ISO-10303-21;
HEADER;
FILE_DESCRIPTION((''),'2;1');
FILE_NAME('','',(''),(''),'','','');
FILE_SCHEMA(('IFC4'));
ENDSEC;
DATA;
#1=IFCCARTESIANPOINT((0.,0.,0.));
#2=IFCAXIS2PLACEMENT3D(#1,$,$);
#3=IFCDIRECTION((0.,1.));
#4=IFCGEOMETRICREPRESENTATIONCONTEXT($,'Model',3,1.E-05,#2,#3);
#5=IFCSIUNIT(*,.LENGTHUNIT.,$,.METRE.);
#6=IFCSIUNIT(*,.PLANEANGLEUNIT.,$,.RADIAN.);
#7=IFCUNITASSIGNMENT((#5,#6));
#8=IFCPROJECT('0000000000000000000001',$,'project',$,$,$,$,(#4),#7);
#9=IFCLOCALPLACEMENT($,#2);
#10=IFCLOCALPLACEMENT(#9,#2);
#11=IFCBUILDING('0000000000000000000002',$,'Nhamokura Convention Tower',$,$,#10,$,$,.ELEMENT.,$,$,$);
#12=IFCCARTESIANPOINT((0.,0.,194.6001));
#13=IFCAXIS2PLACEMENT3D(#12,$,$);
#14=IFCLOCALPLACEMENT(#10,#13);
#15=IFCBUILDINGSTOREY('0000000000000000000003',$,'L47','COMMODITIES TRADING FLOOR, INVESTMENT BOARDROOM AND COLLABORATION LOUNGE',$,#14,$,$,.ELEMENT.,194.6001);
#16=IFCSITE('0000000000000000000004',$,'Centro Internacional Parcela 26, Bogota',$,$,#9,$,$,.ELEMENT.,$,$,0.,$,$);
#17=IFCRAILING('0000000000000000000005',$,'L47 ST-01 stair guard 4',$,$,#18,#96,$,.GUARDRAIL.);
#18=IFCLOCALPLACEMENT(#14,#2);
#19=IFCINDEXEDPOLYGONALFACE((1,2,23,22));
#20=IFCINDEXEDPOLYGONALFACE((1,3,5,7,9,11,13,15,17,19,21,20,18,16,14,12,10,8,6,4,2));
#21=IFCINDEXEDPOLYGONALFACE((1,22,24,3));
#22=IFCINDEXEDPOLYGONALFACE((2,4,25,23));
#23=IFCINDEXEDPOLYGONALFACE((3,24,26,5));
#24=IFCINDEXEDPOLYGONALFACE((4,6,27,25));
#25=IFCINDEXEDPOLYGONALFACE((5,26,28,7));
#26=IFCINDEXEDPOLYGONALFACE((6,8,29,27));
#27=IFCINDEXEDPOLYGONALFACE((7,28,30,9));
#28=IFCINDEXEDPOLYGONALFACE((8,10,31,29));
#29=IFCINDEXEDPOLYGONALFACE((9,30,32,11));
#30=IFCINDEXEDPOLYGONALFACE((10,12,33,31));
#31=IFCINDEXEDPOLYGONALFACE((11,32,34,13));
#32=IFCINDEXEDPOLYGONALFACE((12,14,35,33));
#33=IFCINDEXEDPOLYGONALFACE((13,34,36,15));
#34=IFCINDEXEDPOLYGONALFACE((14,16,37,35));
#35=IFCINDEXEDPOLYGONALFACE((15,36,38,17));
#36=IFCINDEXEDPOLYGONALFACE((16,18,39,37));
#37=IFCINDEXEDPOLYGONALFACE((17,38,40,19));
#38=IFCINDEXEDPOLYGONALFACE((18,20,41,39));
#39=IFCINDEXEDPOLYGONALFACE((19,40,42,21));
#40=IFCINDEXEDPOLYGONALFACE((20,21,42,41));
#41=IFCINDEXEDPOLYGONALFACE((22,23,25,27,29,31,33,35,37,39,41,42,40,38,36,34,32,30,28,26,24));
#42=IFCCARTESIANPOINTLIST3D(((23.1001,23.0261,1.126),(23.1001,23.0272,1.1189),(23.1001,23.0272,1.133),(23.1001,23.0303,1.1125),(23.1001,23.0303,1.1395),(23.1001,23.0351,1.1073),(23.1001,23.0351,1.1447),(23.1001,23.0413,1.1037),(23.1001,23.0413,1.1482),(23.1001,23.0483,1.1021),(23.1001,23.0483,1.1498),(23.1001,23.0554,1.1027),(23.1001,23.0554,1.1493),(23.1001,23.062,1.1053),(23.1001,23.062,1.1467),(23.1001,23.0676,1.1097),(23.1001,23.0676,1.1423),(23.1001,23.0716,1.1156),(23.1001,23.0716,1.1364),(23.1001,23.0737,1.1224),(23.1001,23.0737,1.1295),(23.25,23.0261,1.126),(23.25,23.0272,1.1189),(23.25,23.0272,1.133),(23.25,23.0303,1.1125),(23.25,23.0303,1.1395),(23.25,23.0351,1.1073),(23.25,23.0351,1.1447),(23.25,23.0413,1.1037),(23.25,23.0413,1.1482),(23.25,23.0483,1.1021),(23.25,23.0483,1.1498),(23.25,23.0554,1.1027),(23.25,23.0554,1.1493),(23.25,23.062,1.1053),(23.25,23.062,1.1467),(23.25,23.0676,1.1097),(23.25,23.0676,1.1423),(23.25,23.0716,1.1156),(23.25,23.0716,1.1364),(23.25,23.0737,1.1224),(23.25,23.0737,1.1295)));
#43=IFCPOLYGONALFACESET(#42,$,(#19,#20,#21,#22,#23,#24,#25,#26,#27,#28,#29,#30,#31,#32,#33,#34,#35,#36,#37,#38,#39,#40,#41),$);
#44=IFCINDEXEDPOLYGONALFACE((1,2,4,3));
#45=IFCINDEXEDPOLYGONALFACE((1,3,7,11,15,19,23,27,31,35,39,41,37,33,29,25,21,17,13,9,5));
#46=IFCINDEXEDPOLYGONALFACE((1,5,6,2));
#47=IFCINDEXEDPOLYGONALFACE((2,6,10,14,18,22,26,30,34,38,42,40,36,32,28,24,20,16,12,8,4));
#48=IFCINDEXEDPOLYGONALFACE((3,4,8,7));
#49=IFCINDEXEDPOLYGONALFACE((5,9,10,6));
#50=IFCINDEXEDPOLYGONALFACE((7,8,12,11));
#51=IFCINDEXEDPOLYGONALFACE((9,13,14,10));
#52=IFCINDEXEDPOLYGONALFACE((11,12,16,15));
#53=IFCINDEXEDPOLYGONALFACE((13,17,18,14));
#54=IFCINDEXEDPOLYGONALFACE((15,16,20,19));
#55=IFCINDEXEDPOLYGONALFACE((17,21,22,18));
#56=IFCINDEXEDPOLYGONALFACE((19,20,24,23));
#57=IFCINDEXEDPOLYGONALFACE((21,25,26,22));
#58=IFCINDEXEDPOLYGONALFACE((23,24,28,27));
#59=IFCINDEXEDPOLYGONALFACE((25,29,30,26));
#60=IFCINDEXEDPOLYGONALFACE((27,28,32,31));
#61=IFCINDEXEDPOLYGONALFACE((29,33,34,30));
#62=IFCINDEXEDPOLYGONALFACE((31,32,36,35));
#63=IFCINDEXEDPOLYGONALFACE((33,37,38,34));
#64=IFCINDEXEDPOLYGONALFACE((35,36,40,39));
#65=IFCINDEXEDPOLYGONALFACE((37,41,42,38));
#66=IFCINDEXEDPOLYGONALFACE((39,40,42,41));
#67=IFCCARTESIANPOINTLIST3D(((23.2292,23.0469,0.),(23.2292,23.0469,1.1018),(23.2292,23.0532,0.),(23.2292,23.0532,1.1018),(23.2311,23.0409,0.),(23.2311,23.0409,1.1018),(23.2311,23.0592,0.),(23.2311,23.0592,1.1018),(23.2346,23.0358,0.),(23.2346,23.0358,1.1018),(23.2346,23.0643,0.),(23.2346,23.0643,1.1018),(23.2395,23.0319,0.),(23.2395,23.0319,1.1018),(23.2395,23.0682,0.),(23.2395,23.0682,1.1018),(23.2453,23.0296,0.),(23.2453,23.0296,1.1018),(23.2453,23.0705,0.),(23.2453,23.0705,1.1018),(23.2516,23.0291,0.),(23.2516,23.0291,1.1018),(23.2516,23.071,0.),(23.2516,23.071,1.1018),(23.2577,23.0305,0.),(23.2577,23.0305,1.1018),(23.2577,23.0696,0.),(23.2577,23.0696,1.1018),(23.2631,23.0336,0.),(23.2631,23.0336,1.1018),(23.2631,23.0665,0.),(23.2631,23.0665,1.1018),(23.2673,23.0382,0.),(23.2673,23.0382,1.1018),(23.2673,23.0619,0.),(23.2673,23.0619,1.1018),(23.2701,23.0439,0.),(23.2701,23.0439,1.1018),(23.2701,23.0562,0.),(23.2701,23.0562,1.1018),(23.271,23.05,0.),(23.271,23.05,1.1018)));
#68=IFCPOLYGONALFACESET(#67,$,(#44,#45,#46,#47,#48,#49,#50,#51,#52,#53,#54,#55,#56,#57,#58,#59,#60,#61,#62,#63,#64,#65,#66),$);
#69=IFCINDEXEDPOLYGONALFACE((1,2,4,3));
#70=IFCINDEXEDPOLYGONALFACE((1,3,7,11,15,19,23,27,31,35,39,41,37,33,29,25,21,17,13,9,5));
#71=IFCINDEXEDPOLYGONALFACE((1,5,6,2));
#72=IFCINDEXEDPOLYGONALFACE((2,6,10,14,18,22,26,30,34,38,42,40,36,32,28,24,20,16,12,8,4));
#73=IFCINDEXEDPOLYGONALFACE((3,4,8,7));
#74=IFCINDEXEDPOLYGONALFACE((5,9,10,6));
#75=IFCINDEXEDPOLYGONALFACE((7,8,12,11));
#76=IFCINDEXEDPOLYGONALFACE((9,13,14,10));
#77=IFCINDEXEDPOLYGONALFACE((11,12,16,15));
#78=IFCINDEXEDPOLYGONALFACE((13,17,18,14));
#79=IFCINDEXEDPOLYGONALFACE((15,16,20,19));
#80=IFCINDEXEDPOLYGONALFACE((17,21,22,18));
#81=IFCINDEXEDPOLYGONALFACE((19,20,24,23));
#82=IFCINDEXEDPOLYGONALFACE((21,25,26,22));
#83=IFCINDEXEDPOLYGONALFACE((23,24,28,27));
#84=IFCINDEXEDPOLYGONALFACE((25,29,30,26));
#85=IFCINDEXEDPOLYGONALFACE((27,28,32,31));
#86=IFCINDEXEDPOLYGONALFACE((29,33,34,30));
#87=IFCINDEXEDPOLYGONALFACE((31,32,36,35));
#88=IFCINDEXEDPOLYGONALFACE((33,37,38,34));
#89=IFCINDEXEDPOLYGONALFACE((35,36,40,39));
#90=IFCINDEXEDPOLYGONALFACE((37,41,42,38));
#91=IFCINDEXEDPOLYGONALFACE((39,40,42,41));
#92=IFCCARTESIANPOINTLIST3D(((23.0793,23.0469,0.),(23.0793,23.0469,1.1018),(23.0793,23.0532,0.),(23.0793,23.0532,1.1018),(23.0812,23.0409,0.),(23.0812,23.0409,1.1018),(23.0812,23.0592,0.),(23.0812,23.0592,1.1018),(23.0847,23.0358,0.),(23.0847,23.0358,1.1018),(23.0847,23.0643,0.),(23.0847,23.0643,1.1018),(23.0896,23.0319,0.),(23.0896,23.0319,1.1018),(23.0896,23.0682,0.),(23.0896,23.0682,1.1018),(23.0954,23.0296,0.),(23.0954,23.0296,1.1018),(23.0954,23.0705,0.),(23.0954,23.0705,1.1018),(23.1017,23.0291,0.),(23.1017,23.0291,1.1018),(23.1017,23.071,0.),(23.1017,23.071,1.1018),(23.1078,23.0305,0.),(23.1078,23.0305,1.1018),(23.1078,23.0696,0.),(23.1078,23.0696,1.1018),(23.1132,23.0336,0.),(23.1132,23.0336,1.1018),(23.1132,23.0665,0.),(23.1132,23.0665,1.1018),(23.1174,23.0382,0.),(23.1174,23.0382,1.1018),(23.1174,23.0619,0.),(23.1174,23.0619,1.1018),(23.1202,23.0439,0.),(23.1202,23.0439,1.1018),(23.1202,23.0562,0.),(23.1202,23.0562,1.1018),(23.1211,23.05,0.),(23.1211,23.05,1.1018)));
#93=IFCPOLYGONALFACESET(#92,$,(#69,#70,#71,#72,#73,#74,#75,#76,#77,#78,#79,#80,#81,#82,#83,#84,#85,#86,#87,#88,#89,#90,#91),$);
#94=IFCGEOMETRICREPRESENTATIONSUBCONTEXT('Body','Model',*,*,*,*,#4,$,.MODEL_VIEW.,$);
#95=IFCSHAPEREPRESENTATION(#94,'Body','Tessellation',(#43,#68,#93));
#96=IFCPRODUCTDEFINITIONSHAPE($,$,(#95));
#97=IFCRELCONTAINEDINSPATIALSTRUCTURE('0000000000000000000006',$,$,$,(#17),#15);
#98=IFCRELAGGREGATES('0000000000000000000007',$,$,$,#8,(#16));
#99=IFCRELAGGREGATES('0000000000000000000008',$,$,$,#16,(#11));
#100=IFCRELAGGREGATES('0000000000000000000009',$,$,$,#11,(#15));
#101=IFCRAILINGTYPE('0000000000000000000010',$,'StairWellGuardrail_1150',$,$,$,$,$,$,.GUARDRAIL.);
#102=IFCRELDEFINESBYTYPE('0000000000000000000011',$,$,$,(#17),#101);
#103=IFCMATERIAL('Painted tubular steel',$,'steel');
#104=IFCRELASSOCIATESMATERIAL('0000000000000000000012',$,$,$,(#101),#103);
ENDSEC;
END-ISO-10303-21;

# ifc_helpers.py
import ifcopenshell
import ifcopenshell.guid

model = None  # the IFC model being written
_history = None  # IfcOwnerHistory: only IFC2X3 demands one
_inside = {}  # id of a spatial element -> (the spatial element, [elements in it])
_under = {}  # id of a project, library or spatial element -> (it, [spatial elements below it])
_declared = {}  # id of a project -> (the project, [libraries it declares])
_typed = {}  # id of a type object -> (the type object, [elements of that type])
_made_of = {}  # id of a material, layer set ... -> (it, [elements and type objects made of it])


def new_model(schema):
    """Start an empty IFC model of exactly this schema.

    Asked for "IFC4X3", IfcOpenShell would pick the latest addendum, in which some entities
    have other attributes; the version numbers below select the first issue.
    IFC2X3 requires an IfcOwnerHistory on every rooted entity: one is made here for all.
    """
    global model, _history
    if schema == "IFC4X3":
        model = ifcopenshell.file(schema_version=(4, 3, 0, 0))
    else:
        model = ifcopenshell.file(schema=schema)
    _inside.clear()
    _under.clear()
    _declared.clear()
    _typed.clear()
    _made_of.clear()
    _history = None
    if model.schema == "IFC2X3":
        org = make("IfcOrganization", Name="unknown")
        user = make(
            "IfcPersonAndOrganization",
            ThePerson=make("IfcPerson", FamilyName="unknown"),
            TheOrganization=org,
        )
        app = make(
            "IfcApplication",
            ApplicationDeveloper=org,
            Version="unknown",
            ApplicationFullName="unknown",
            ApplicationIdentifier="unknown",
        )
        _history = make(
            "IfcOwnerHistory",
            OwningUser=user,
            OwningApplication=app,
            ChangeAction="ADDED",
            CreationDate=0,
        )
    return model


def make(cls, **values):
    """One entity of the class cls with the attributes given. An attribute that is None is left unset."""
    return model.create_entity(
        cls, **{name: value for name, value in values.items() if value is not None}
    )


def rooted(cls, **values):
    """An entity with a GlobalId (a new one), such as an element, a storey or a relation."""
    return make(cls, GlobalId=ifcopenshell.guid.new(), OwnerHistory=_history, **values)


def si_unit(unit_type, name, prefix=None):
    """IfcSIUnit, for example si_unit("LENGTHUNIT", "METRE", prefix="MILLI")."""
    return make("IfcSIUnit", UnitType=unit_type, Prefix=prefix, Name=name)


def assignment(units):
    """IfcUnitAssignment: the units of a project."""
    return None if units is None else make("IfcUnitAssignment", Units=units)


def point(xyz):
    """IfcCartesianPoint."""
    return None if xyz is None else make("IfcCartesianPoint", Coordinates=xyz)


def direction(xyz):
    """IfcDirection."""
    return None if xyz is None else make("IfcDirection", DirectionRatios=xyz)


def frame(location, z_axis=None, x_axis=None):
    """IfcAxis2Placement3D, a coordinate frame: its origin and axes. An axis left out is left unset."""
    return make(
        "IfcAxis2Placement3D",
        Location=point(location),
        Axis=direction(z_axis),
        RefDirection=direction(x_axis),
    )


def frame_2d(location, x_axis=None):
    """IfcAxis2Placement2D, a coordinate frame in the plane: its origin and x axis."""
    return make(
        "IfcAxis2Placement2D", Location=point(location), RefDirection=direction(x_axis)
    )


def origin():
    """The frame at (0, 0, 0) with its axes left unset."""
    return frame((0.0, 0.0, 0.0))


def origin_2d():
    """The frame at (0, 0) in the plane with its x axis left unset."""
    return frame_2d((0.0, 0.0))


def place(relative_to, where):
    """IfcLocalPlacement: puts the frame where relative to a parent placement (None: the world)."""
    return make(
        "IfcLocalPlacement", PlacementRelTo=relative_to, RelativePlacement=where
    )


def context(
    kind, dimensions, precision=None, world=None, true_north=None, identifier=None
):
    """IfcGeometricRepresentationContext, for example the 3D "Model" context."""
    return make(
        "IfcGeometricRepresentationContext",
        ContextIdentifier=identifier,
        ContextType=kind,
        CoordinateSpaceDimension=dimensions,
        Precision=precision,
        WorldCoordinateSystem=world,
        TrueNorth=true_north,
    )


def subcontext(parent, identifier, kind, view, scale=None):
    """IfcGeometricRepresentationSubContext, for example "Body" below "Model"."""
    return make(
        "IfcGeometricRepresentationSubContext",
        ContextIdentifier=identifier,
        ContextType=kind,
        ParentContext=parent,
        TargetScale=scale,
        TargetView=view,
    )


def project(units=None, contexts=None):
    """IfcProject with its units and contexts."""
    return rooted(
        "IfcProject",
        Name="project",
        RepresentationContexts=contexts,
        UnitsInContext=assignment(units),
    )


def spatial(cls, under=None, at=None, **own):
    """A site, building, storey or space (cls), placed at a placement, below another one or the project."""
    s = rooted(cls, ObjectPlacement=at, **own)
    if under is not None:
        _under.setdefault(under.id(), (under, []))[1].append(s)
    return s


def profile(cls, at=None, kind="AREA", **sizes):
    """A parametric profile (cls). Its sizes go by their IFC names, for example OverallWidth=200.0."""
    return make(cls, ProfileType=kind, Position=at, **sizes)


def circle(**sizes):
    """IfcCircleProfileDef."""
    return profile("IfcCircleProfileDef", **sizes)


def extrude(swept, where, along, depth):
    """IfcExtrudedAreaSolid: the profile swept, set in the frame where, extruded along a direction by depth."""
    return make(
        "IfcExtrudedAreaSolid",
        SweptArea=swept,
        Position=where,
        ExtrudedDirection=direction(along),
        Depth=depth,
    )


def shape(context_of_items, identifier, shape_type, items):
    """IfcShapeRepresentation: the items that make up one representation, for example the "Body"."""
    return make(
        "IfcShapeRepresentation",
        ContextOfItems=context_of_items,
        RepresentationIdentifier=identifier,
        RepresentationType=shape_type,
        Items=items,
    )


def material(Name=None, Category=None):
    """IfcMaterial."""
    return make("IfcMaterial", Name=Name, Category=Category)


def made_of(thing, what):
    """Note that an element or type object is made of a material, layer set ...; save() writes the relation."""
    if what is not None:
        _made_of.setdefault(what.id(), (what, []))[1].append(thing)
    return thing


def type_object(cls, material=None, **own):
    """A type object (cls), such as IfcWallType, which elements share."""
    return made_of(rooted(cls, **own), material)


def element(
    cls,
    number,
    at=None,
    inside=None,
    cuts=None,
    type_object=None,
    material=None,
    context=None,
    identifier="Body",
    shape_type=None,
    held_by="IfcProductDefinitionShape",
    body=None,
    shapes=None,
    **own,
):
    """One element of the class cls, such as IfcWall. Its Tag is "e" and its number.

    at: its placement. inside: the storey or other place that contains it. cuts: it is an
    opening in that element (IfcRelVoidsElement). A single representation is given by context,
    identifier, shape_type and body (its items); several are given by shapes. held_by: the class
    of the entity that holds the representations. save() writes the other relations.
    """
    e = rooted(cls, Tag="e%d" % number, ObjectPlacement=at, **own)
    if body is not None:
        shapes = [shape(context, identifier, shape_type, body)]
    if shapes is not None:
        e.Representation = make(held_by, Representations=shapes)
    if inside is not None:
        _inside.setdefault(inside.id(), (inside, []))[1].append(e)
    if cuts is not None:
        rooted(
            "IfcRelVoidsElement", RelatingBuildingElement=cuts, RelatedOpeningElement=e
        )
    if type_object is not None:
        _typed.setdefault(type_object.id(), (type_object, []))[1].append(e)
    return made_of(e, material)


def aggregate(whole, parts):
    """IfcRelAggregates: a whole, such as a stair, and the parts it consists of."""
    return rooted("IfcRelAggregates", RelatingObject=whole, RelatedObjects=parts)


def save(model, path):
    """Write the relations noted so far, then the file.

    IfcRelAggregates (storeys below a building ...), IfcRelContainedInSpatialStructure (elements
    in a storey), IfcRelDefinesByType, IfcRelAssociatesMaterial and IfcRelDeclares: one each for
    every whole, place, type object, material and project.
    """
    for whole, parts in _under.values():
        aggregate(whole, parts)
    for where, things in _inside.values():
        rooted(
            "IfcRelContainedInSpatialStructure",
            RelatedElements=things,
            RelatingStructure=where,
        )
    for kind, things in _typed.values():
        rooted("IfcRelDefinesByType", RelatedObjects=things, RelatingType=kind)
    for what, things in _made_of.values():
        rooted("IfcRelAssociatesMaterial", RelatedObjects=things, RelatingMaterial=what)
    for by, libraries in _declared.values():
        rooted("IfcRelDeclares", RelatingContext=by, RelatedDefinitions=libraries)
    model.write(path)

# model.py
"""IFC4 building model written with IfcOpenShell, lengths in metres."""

from ifc_helpers import new_model, si_unit, direction, frame, origin, origin_2d, place, context, subcontext, project, spatial, circle, extrude, material, type_object, element, save


model = new_model("IFC4")

# Units and contexts
model_context = context("Model", 3, precision=1e-05, world=origin(), true_north=direction((0.0, 1.0)))
body_context = subcontext(model_context, "Body", "Model", "MODEL_VIEW")
ifc_project = project(units=[si_unit("LENGTHUNIT", "METRE"), si_unit("PLANEANGLEUNIT", "RADIAN")], contexts=[model_context])

# Site, building, storey
site_placement = place(None, origin())
site = spatial("IfcSite", under=ifc_project, at=site_placement, Name="Centro Internacional Parcela 26, Bogota", CompositionType="ELEMENT", RefElevation=0.0)
building_placement = place(site_placement, origin())
building = spatial("IfcBuilding", under=site, at=building_placement, Name="Nhamokura Convention Tower", CompositionType="ELEMENT")
storey_placement = place(building_placement, frame((0.0, 0.0, 194.6001)))
storey = spatial("IfcBuildingStorey", under=building, at=storey_placement, Name="L47", Description="COMMODITIES TRADING FLOOR, INVESTMENT BOARDROOM AND COLLABORATION LOUNGE", CompositionType="ELEMENT", Elevation=194.6001)

# Railing
ifc_material_1 = material(Name="Painted tubular steel", Category="steel")
railing_type_1 = type_object("IfcRailingType", Name="StairWellGuardrail_1150", PredefinedType="GUARDRAIL", material=ifc_material_1)
railing_1_placement = place(storey_placement, frame((23.25, 23.05, 0.0)))
element("IfcRailing", 1, at=railing_1_placement, inside=storey, type_object=railing_type_1, Name="L47 ST-01 stair guard 4", PredefinedType="GUARDRAIL", context=body_context, shape_type="SweptSolid", body=[
    extrude(circle(Radius=0.0239, at=origin_2d()), frame((0.0, 0.0, 1.126), z_axis=(-1.0, 0.0, 0.0), x_axis=(0.0, -1.0, 0.0)), (0.0, 0.0, 1.0), 0.1499),
    extrude(circle(Radius=0.021, at=origin_2d()), origin(), (0.0, 0.0, 1.0), 1.1018),
    extrude(circle(Radius=0.021, at=origin_2d()), frame((-0.1499, 0.0, 0.0)), (0.0, 0.0, 1.0), 1.1018),
])

save(model, "model.ifc")
